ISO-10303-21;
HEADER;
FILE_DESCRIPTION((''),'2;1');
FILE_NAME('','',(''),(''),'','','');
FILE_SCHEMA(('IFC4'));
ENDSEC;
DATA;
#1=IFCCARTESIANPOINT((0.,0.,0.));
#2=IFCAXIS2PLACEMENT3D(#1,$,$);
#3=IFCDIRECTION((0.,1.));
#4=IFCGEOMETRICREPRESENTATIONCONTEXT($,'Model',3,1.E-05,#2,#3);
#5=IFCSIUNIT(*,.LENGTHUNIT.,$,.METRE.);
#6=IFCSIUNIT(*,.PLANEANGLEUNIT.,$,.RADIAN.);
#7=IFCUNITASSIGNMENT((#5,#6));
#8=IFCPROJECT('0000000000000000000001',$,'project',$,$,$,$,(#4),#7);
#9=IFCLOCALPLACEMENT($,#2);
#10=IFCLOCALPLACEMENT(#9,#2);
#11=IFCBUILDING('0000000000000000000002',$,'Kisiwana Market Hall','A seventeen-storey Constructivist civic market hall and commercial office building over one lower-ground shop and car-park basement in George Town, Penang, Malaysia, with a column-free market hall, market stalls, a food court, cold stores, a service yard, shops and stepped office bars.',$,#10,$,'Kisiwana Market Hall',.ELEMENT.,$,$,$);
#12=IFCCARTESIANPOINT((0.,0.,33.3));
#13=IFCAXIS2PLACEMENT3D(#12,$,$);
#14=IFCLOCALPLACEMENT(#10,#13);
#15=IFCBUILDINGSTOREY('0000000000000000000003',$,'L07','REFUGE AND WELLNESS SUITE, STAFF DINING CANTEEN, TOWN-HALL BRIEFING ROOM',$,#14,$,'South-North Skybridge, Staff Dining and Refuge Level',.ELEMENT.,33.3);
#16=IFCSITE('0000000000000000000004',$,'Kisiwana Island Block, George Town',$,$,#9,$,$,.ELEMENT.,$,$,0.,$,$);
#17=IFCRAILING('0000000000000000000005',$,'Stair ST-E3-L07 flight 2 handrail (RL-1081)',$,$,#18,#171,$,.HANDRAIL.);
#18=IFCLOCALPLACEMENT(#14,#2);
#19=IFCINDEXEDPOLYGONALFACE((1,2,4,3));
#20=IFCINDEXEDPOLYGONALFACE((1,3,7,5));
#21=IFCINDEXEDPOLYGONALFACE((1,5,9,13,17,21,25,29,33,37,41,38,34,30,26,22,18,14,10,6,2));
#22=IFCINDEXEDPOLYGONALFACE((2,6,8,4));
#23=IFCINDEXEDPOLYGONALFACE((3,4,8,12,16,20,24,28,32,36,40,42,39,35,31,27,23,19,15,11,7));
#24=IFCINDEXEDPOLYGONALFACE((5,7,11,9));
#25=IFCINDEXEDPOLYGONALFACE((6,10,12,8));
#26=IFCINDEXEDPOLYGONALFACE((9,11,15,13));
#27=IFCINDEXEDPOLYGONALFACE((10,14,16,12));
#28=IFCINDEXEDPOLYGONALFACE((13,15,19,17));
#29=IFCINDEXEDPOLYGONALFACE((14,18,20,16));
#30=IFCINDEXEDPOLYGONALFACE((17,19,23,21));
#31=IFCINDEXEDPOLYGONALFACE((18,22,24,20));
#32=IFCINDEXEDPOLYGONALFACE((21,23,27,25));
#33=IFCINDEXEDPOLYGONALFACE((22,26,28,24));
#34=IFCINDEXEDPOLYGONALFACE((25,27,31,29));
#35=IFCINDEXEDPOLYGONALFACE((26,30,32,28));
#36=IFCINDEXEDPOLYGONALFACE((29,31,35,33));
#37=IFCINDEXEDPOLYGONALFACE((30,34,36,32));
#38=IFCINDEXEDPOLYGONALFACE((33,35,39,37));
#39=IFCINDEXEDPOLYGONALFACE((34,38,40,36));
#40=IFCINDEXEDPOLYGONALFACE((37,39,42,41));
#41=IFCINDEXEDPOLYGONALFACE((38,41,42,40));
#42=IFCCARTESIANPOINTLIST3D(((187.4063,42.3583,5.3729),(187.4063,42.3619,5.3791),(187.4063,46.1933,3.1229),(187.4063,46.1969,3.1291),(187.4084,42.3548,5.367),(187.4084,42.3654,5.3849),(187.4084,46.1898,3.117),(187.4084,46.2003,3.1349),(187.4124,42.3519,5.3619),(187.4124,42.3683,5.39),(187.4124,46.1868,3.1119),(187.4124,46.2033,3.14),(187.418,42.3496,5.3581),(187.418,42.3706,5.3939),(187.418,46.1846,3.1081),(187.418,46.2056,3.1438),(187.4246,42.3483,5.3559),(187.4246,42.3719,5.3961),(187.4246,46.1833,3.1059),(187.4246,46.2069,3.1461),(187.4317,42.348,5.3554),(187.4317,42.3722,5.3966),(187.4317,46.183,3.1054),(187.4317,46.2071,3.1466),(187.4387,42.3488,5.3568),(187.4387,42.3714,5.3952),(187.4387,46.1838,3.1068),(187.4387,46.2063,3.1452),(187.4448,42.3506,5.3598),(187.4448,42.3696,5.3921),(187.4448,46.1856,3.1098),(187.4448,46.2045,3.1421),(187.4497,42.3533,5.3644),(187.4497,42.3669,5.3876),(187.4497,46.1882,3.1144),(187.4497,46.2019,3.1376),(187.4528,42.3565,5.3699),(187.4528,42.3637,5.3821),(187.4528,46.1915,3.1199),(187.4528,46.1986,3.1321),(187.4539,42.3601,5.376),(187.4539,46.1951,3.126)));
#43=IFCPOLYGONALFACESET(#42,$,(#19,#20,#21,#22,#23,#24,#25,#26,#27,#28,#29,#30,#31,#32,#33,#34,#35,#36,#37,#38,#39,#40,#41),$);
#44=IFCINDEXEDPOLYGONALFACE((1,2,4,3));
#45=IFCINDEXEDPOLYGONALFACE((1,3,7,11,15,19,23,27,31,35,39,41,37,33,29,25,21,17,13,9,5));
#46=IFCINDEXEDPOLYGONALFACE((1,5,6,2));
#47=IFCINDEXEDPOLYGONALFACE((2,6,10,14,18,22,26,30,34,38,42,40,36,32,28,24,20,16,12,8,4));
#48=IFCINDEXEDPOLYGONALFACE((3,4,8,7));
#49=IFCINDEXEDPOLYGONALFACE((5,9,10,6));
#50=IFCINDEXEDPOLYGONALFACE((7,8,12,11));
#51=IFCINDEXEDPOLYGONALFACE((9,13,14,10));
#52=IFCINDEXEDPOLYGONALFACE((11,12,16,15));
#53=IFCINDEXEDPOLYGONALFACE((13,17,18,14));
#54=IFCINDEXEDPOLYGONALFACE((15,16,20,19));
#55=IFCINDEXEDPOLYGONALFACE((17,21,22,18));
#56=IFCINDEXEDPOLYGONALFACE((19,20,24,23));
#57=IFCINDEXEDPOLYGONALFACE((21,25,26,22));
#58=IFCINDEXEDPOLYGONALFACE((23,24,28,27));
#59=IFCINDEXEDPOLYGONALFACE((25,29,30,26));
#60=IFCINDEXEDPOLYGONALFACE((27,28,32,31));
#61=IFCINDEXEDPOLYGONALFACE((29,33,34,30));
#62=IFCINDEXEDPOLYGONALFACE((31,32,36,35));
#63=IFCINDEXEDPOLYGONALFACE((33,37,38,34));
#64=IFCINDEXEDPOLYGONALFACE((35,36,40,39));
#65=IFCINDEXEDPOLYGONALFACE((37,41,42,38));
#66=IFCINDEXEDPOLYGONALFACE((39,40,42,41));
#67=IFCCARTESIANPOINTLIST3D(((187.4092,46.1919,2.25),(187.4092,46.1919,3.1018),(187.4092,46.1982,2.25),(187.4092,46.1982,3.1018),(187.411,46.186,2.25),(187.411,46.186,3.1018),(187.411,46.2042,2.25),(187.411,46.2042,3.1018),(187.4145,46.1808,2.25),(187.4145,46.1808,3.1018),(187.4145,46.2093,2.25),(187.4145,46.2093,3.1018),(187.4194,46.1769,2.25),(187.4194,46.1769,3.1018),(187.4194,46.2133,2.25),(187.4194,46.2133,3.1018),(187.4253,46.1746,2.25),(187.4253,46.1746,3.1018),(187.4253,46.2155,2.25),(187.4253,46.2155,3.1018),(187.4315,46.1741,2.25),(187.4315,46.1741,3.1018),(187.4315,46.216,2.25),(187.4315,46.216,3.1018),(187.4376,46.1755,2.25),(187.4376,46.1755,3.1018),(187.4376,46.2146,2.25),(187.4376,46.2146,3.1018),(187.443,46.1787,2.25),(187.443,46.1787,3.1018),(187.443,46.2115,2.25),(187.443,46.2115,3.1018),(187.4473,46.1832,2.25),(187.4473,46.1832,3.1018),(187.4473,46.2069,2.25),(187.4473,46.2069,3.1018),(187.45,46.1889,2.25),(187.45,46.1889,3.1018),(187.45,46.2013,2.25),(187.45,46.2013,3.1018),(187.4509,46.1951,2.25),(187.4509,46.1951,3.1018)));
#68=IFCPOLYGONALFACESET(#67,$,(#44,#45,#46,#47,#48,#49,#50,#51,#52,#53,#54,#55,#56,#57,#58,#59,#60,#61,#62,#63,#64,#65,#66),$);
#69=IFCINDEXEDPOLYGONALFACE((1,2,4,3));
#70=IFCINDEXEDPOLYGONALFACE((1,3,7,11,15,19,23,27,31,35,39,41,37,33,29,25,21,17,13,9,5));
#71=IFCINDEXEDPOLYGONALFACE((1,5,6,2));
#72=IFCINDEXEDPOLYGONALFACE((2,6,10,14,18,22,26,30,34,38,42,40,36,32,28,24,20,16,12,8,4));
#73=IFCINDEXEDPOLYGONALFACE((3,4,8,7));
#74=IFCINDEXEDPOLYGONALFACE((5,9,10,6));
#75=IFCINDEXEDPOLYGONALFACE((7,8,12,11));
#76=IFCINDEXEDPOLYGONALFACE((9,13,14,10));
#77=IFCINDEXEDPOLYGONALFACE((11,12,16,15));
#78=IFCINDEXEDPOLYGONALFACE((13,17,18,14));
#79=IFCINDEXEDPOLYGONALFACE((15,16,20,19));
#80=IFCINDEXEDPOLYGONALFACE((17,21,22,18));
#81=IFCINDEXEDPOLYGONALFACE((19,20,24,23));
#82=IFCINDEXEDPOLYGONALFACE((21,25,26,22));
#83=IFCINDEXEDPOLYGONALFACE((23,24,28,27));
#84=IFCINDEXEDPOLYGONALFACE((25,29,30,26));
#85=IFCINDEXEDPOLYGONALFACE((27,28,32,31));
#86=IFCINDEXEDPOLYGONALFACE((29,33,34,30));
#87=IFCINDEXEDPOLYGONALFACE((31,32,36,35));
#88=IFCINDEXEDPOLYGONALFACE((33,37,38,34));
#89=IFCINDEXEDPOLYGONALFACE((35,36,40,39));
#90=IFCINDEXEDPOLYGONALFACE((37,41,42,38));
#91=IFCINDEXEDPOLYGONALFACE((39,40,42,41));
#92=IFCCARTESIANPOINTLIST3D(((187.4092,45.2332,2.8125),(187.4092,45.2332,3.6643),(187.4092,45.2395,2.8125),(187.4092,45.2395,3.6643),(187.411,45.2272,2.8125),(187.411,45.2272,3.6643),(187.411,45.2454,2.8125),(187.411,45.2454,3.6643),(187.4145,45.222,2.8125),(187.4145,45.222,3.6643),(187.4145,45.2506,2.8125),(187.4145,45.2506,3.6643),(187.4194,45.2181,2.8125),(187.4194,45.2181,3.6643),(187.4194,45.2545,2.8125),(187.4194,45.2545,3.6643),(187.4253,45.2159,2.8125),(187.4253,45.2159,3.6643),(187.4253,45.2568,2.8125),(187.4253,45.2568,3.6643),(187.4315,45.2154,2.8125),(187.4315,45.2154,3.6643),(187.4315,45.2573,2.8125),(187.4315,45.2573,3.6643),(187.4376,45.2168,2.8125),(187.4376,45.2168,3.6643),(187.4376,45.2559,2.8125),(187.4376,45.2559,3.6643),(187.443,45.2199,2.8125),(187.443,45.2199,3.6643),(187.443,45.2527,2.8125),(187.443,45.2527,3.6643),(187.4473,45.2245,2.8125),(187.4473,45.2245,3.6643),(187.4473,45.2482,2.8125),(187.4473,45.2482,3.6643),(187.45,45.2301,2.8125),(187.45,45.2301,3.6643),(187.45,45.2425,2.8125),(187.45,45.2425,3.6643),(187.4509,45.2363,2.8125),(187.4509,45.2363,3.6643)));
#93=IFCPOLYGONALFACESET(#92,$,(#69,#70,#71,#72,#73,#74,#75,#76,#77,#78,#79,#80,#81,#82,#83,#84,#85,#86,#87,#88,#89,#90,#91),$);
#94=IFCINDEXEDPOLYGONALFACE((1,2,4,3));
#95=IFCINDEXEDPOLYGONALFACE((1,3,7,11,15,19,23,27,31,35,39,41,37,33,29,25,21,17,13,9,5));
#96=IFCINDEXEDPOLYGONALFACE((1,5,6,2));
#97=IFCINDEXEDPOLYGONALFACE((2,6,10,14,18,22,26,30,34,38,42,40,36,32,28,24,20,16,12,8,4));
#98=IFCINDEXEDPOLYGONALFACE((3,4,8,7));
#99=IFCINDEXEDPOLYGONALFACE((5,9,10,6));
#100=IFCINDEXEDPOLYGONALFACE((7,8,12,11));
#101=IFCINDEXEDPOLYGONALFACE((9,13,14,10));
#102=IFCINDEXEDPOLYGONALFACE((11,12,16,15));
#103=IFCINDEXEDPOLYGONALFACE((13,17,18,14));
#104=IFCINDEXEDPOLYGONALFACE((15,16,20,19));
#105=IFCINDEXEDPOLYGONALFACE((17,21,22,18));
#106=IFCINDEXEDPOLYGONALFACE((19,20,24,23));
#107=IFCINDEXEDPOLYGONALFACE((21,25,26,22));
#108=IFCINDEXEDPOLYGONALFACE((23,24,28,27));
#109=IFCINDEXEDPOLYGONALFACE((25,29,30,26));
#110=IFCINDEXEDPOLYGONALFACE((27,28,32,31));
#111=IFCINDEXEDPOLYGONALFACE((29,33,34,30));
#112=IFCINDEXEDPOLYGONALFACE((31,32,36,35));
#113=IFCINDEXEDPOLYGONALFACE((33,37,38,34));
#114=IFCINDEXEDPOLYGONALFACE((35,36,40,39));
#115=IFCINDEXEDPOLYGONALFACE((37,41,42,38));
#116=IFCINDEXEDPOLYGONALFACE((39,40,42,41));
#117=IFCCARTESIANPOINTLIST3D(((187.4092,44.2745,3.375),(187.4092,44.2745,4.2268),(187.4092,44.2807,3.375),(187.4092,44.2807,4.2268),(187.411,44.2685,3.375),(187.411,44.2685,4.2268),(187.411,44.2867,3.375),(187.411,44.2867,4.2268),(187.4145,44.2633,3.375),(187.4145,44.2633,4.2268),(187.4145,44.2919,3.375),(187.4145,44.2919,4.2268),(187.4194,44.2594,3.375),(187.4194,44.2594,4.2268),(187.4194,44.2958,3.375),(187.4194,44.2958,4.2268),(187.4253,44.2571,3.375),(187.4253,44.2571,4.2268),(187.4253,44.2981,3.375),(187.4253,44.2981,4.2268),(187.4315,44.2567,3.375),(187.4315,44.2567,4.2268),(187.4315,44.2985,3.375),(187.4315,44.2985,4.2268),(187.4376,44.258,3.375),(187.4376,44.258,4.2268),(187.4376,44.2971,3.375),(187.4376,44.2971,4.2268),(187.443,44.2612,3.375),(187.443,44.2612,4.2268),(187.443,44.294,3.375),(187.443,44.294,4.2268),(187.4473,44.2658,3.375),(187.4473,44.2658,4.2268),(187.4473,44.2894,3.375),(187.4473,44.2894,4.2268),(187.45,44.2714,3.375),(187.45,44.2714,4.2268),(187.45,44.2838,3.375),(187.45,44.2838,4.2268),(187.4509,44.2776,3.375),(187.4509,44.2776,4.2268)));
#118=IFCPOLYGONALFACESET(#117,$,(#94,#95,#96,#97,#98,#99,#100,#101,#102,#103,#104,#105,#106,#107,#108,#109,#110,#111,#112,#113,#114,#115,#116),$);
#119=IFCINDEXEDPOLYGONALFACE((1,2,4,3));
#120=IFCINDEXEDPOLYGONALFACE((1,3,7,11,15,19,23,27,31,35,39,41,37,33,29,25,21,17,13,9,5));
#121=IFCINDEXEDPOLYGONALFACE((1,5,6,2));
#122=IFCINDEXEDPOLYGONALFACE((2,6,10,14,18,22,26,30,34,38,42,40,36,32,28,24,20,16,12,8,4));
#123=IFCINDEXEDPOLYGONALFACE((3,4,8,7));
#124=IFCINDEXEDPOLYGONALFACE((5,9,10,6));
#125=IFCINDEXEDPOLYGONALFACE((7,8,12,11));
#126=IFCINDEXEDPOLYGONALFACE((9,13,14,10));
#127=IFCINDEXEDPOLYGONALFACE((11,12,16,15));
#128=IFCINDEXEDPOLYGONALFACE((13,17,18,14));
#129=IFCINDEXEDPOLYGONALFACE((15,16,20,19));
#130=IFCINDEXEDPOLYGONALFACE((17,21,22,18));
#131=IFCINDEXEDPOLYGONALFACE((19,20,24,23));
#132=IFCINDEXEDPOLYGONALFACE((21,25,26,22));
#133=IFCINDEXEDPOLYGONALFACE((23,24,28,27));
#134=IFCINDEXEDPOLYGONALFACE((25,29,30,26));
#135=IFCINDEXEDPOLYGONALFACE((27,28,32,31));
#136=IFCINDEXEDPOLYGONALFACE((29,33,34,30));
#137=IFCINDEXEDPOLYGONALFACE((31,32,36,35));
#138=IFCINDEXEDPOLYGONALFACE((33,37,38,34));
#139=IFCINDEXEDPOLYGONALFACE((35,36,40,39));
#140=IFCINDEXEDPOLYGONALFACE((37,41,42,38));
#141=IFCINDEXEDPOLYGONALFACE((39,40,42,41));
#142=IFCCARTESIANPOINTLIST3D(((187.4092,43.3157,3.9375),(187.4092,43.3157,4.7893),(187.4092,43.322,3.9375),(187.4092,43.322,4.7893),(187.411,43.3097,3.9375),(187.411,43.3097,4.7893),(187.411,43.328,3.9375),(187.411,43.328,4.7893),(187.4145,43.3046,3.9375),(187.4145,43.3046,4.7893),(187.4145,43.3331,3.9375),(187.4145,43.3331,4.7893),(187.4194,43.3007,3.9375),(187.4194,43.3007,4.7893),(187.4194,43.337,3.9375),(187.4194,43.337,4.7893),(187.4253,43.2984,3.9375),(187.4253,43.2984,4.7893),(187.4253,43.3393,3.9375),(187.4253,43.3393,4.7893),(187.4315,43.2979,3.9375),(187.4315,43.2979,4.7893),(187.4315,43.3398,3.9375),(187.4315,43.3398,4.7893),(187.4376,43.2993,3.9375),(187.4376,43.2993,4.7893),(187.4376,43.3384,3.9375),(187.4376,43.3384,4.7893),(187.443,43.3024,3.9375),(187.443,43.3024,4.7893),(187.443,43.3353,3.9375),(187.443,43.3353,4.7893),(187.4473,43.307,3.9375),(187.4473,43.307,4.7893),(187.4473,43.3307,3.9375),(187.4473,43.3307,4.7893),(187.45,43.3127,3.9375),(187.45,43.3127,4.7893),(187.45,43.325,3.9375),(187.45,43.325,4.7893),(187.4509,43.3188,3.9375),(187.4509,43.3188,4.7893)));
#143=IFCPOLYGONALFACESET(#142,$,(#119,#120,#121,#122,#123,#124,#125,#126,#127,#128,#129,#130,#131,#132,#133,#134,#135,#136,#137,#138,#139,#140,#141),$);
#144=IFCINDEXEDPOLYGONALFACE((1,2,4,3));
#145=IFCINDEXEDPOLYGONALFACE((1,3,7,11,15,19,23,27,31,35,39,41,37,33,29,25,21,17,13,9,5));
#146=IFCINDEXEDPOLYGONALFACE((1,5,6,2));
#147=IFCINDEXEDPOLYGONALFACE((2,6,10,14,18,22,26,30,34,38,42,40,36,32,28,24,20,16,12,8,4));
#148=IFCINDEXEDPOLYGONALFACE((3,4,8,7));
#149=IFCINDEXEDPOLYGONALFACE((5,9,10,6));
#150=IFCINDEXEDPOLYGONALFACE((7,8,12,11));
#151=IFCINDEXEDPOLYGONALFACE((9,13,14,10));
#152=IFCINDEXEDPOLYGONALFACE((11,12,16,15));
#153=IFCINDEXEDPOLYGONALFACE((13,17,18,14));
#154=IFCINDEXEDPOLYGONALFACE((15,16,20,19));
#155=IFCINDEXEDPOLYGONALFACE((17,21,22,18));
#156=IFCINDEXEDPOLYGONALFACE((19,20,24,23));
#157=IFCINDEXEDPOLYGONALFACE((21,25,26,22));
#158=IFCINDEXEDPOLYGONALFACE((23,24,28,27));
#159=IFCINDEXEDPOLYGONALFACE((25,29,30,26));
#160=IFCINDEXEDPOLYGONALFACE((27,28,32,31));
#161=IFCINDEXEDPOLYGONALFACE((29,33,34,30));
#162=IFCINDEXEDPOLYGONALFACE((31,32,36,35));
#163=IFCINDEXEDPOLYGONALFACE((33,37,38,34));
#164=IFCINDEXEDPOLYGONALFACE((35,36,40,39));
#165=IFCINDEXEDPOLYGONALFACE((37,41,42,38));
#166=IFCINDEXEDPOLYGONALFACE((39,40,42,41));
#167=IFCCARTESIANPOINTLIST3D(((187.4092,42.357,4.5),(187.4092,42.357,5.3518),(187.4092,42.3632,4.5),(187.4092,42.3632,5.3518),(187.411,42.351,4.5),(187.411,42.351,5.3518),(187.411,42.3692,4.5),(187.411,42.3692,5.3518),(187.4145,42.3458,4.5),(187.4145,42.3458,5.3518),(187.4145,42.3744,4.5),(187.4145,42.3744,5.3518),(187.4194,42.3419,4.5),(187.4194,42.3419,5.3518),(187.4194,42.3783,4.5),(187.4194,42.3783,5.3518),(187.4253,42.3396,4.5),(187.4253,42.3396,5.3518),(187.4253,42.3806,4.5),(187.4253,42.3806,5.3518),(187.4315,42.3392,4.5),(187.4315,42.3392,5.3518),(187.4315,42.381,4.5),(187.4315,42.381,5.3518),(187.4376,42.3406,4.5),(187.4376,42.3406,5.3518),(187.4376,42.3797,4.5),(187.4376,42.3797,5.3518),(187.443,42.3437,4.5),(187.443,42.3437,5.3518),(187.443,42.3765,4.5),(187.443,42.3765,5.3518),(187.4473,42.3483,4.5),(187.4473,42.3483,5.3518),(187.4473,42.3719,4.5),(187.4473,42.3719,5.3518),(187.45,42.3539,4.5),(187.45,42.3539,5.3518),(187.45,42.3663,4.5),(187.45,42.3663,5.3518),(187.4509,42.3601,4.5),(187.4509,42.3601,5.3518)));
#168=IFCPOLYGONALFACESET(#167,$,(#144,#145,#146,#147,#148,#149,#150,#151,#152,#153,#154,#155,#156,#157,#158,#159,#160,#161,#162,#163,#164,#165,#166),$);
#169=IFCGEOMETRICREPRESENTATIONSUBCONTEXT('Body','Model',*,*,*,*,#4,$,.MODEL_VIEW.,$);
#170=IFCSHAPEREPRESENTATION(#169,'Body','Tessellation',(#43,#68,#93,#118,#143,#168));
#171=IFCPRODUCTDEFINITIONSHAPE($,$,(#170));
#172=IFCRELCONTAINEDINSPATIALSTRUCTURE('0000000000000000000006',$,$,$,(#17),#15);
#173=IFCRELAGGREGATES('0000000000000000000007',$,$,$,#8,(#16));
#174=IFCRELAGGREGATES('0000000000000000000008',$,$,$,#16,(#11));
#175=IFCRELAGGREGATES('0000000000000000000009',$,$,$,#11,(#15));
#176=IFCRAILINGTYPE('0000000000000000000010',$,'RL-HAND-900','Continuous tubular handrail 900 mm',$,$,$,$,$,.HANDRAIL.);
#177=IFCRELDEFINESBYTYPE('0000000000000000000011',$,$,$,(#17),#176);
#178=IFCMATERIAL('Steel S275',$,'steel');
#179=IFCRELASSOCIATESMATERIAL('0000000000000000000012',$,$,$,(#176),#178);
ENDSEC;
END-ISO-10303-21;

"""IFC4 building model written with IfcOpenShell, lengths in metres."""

from ifc_helpers import new_model, si_unit, direction, frame, origin, origin_2d, place, context, subcontext, project, spatial, circle, extrude, material, type_object, element, save


model = new_model("IFC4")

# Units and contexts
model_context = context("Model", 3, precision=1e-05, world=origin(), true_north=direction((0.0, 1.0)))
body_context = subcontext(model_context, "Body", "Model", "MODEL_VIEW")
ifc_project = project(units=[si_unit("LENGTHUNIT", "METRE"), si_unit("PLANEANGLEUNIT", "RADIAN")], contexts=[model_context])

# Site, building, storey
site_placement = place(None, origin())
site = spatial("IfcSite", under=ifc_project, at=site_placement, Name="Kisiwana Island Block, George Town", CompositionType="ELEMENT", RefElevation=0.0)
building_placement = place(site_placement, origin())
building = spatial("IfcBuilding", under=site, at=building_placement, Name="Kisiwana Market Hall", Description="A seventeen-storey Constructivist civic market hall and commercial office building over one lower-ground shop and car-park basement in George Town, Penang, Malaysia, with a column-free market hall, market stalls, a food court, cold stores, a service yard, shops and stepped office bars.", LongName="Kisiwana Market Hall", CompositionType="ELEMENT")
storey_placement = place(building_placement, frame((0.0, 0.0, 33.3)))
storey = spatial("IfcBuildingStorey", under=building, at=storey_placement, Name="L07", Description="REFUGE AND WELLNESS SUITE, STAFF DINING CANTEEN, TOWN-HALL BRIEFING ROOM", LongName="South-North Skybridge, Staff Dining and Refuge Level", CompositionType="ELEMENT", Elevation=33.3)

# Railing
ifc_material_1 = material(Name="Steel S275", Category="steel")
railing_type_1 = type_object("IfcRailingType", Name="RL-HAND-900", Description="Continuous tubular handrail 900 mm", PredefinedType="HANDRAIL", material=ifc_material_1)
railing_1_placement = place(storey_placement, frame((187.4299, 46.1951, 2.25)))
element("IfcRailing", 1, at=railing_1_placement, inside=storey, type_object=railing_type_1, Name="Stair ST-E3-L07 flight 2 handrail (RL-1081)", PredefinedType="HANDRAIL", context=body_context, shape_type="SweptSolid", body=[
    extrude(circle(Radius=0.0239, at=origin_2d()), frame((0.0, 0.0, 0.876), z_axis=(0.0, -0.86251, 0.506041), x_axis=(1.0, 0.0, 0.0)), (0.0, 0.0, 1.0), 4.4463),
    extrude(circle(Radius=0.021, at=origin_2d()), origin(), (0.0, 0.0, 1.0), 0.8518),
    extrude(circle(Radius=0.021, at=origin_2d()), frame((0.0, -0.9587, 0.5625)), (0.0, 0.0, 1.0), 0.8518),
    extrude(circle(Radius=0.021, at=origin_2d()), frame((0.0, -1.9175, 1.125)), (0.0, 0.0, 1.0), 0.8518),
    extrude(circle(Radius=0.021, at=origin_2d()), frame((0.0, -2.8762, 1.6875)), (0.0, 0.0, 1.0), 0.8518),
    extrude(circle(Radius=0.021, at=origin_2d()), frame((0.0, -3.835, 2.25)), (0.0, 0.0, 1.0), 0.8518),
])

save(model, "model.ifc")
